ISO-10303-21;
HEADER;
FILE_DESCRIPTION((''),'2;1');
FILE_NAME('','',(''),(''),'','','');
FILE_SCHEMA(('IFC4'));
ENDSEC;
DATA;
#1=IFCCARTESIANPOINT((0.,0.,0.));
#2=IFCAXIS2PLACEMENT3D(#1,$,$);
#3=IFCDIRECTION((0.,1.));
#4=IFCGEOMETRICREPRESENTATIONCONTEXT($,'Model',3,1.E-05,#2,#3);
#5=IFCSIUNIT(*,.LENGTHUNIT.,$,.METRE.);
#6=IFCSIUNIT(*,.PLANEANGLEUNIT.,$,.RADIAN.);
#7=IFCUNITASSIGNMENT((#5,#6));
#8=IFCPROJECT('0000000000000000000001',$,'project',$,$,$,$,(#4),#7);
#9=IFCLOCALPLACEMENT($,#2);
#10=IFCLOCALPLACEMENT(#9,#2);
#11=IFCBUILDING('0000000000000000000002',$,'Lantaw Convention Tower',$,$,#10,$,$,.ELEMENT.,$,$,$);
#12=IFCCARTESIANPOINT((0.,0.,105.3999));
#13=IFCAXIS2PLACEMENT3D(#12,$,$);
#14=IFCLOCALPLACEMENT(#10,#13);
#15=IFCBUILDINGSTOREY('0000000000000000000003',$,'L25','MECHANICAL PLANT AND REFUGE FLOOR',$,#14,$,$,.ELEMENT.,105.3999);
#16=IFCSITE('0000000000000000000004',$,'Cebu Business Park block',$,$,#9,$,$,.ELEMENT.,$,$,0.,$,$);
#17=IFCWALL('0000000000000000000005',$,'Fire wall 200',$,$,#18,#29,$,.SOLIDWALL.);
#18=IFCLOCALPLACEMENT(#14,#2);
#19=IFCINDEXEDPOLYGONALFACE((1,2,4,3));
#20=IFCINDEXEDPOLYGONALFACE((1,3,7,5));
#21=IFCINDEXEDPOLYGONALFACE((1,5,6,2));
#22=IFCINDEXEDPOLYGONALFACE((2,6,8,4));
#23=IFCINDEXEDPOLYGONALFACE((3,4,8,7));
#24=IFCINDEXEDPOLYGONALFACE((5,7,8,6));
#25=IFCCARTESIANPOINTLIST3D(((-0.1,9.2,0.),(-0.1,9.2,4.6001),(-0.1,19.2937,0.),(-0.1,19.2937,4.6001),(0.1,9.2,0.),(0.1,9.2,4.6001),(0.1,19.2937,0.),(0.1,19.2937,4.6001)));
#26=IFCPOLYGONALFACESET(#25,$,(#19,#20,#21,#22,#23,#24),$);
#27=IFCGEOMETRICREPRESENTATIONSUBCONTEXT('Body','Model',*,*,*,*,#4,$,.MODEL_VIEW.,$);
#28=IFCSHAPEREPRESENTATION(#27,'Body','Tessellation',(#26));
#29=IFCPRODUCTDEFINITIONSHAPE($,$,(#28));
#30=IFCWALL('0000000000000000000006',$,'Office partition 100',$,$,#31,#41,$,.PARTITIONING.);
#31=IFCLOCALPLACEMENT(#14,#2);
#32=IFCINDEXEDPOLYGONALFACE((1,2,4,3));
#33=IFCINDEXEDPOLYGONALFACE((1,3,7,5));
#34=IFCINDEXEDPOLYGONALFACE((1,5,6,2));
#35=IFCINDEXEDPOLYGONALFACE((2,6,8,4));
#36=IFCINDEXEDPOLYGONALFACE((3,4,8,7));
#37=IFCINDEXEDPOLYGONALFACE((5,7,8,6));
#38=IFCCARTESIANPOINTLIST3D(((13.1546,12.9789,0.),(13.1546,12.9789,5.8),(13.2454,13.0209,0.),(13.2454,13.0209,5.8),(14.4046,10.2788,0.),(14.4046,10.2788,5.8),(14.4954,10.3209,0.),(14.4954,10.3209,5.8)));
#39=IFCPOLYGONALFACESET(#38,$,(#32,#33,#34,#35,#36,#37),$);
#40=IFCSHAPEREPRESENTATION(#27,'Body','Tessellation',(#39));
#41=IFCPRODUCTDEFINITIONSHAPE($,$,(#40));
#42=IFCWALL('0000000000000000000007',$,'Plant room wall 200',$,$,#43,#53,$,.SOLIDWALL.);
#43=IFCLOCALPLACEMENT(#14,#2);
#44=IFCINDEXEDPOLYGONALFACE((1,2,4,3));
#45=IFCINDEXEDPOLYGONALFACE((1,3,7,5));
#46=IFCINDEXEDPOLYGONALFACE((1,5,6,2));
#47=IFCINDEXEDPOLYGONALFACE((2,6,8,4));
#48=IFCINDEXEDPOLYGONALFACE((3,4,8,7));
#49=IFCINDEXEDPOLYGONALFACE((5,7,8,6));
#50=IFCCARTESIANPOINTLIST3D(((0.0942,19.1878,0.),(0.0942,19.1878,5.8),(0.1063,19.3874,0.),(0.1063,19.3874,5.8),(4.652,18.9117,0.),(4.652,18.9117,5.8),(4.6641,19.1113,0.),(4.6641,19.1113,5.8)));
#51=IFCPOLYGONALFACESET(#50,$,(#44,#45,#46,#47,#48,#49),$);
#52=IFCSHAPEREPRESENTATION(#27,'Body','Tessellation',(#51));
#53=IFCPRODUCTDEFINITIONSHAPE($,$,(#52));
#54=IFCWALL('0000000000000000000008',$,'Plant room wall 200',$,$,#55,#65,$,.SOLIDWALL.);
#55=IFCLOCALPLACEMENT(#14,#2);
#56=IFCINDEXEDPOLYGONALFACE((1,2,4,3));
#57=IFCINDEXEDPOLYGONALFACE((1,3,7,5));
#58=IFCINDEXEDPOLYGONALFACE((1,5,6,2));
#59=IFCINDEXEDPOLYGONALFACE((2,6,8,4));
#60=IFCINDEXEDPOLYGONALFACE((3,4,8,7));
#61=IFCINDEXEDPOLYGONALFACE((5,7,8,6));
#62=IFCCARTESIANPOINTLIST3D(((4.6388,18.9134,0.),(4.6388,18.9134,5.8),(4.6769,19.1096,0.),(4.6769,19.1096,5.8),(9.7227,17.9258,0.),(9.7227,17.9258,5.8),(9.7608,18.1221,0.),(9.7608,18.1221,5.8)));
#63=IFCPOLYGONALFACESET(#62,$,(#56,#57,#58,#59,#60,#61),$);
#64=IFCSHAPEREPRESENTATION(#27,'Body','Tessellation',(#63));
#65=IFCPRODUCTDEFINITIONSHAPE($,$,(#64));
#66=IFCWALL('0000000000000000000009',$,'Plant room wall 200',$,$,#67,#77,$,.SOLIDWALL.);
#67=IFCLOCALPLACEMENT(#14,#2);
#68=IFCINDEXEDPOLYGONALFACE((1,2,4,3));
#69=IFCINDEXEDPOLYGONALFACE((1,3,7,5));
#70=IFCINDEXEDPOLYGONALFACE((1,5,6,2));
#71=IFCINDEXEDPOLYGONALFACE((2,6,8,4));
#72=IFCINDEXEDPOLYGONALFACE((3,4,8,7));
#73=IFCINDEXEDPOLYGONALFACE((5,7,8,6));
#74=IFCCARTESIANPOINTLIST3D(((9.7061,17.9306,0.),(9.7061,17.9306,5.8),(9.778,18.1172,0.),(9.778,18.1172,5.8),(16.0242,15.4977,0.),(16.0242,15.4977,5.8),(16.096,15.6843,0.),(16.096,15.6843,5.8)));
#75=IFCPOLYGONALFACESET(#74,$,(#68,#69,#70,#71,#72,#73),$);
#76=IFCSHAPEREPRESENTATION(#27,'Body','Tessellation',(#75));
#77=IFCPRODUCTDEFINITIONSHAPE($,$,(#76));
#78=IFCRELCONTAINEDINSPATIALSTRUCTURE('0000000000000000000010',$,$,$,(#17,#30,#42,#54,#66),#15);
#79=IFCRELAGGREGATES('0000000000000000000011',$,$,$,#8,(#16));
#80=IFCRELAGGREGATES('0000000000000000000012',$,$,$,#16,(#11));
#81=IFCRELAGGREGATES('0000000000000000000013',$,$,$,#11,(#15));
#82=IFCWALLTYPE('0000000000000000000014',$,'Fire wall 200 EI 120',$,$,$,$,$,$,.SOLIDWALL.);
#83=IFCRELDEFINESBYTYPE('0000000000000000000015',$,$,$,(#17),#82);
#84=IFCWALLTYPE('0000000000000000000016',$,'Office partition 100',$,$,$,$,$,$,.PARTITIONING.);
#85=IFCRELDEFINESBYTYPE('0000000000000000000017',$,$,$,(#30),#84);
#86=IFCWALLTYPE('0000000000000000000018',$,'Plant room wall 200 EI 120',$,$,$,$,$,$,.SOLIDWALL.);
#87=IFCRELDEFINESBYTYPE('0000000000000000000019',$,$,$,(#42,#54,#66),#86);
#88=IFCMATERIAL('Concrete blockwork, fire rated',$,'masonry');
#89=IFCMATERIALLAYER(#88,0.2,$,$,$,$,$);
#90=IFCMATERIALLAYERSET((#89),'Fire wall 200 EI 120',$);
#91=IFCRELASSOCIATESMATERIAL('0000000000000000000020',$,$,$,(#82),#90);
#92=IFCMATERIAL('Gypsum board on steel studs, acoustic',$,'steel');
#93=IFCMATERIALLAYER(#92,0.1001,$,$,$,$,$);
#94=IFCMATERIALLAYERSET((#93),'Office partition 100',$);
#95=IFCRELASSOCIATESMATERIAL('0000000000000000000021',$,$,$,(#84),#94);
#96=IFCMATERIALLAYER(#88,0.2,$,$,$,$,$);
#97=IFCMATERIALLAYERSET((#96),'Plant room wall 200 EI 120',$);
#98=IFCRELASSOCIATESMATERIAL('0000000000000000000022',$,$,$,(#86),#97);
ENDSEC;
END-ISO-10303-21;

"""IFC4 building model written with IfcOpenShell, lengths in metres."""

from ifc_helpers import new_model, si_unit, direction, frame, frame_2d, origin, place, context, subcontext, project, spatial, rectangle, extrude, material, layer, layer_set, type_object, element, save


model = new_model("IFC4")

# Units and contexts
model_context = context("Model", 3, precision=1e-05, world=origin(), true_north=direction((0.0, 1.0)))
body_context = subcontext(model_context, "Body", "Model", "MODEL_VIEW")
ifc_project = project(units=[si_unit("LENGTHUNIT", "METRE"), si_unit("PLANEANGLEUNIT", "RADIAN")], contexts=[model_context])

# Site, building, storey
site_placement = place(None, origin())
site = spatial("IfcSite", under=ifc_project, at=site_placement, Name="Cebu Business Park block", CompositionType="ELEMENT", RefElevation=0.0)
building_placement = place(site_placement, origin())
building = spatial("IfcBuilding", under=site, at=building_placement, Name="Lantaw Convention Tower", CompositionType="ELEMENT")
storey_placement = place(building_placement, frame((0.0, 0.0, 105.3999)))
storey = spatial("IfcBuildingStorey", under=building, at=storey_placement, Name="L25", Description="MECHANICAL PLANT AND REFUGE FLOOR", CompositionType="ELEMENT", Elevation=105.3999)

# Walls
ifc_material_1 = material(Name="Concrete blockwork, fire rated", Category="masonry")
ifc_layer_1 = layer(ifc_material_1, 0.2)
ifc_layer_set_1 = layer_set([ifc_layer_1], Name="Fire wall 200 EI 120")
wall_type_1 = type_object("IfcWallType", Name="Fire wall 200 EI 120", PredefinedType="SOLIDWALL", material=ifc_layer_set_1)
wall_1_placement = place(storey_placement, frame((0.0, 9.2, 0.0), z_axis=(0.0, 0.0, 1.0), x_axis=(0.0, 1.0, 0.0)))
element("IfcWall", 1, at=wall_1_placement, inside=storey, type_object=wall_type_1, Name="Fire wall 200", PredefinedType="SOLIDWALL", context=body_context, shape_type="SweptSolid", body=[
    extrude(rectangle(XDim=10.0938, YDim=0.2, at=frame_2d((5.0469, 0.0))), origin(), (0.0, 0.0, 1.0), 4.6001),
])
ifc_material_2 = material(Name="Gypsum board on steel studs, acoustic", Category="steel")
ifc_layer_2 = layer(ifc_material_2, 0.1001)
ifc_layer_set_2 = layer_set([ifc_layer_2], Name="Office partition 100")
wall_type_2 = type_object("IfcWallType", Name="Office partition 100", PredefinedType="PARTITIONING", material=ifc_layer_set_2)
wall_2_placement = place(storey_placement, frame((13.2, 13.0, 0.0), z_axis=(0.0, 0.0, 1.0), x_axis=(0.42013, -0.907464, 0.0)))
element("IfcWall", 2, at=wall_2_placement, inside=storey, type_object=wall_type_2, Name="Office partition 100", PredefinedType="PARTITIONING", context=body_context, shape_type="SweptSolid", body=[
    extrude(rectangle(XDim=2.9753, YDim=0.1001, at=frame_2d((1.4878, 0.0))), origin(), (0.0, 0.0, 1.0), 5.8),
])
ifc_layer_3 = layer(ifc_material_1, 0.2)
ifc_layer_set_3 = layer_set([ifc_layer_3], Name="Plant room wall 200 EI 120")
wall_type_3 = type_object("IfcWallType", Name="Plant room wall 200 EI 120", PredefinedType="SOLIDWALL", material=ifc_layer_set_3)
wall_3_placement = place(storey_placement, frame((0.1001, 19.2876, 0.0), z_axis=(0.0, 0.0, 1.0), x_axis=(0.99817, -0.060471, 0.0)))
element("IfcWall", 3, at=wall_3_placement, inside=storey, type_object=wall_type_3, Name="Plant room wall 200", PredefinedType="SOLIDWALL", context=body_context, shape_type="SweptSolid", body=[
    extrude(rectangle(XDim=4.5662, YDim=0.2, at=frame_2d((2.2832, 0.0))), origin(), (0.0, 0.0, 1.0), 5.8),
])
wall_4_placement = place(storey_placement, frame((4.658, 19.0115, 0.0), z_axis=(0.0, 0.0, 1.0), x_axis=(0.981652, -0.190683, 0.0)))
element("IfcWall", 4, at=wall_4_placement, inside=storey, type_object=wall_type_3, Name="Plant room wall 200", PredefinedType="SOLIDWALL", context=body_context, shape_type="SweptSolid", body=[
    extrude(rectangle(XDim=5.179, YDim=0.2, at=frame_2d((2.5894, 0.0))), origin(), (0.0, 0.0, 1.0), 5.8),
])
wall_5_placement = place(storey_placement, frame((9.7419, 18.0239, 0.0), z_axis=(0.0, 0.0, 1.0), x_axis=(0.933206, -0.359342, 0.0)))
element("IfcWall", 5, at=wall_5_placement, inside=storey, type_object=wall_type_3, Name="Plant room wall 200", PredefinedType="SOLIDWALL", context=body_context, shape_type="SweptSolid", body=[
    extrude(rectangle(XDim=6.7703, YDim=0.2, at=frame_2d((3.3853, 0.0))), origin(), (0.0, 0.0, 1.0), 5.8),
])

save(model, "model.ifc")
